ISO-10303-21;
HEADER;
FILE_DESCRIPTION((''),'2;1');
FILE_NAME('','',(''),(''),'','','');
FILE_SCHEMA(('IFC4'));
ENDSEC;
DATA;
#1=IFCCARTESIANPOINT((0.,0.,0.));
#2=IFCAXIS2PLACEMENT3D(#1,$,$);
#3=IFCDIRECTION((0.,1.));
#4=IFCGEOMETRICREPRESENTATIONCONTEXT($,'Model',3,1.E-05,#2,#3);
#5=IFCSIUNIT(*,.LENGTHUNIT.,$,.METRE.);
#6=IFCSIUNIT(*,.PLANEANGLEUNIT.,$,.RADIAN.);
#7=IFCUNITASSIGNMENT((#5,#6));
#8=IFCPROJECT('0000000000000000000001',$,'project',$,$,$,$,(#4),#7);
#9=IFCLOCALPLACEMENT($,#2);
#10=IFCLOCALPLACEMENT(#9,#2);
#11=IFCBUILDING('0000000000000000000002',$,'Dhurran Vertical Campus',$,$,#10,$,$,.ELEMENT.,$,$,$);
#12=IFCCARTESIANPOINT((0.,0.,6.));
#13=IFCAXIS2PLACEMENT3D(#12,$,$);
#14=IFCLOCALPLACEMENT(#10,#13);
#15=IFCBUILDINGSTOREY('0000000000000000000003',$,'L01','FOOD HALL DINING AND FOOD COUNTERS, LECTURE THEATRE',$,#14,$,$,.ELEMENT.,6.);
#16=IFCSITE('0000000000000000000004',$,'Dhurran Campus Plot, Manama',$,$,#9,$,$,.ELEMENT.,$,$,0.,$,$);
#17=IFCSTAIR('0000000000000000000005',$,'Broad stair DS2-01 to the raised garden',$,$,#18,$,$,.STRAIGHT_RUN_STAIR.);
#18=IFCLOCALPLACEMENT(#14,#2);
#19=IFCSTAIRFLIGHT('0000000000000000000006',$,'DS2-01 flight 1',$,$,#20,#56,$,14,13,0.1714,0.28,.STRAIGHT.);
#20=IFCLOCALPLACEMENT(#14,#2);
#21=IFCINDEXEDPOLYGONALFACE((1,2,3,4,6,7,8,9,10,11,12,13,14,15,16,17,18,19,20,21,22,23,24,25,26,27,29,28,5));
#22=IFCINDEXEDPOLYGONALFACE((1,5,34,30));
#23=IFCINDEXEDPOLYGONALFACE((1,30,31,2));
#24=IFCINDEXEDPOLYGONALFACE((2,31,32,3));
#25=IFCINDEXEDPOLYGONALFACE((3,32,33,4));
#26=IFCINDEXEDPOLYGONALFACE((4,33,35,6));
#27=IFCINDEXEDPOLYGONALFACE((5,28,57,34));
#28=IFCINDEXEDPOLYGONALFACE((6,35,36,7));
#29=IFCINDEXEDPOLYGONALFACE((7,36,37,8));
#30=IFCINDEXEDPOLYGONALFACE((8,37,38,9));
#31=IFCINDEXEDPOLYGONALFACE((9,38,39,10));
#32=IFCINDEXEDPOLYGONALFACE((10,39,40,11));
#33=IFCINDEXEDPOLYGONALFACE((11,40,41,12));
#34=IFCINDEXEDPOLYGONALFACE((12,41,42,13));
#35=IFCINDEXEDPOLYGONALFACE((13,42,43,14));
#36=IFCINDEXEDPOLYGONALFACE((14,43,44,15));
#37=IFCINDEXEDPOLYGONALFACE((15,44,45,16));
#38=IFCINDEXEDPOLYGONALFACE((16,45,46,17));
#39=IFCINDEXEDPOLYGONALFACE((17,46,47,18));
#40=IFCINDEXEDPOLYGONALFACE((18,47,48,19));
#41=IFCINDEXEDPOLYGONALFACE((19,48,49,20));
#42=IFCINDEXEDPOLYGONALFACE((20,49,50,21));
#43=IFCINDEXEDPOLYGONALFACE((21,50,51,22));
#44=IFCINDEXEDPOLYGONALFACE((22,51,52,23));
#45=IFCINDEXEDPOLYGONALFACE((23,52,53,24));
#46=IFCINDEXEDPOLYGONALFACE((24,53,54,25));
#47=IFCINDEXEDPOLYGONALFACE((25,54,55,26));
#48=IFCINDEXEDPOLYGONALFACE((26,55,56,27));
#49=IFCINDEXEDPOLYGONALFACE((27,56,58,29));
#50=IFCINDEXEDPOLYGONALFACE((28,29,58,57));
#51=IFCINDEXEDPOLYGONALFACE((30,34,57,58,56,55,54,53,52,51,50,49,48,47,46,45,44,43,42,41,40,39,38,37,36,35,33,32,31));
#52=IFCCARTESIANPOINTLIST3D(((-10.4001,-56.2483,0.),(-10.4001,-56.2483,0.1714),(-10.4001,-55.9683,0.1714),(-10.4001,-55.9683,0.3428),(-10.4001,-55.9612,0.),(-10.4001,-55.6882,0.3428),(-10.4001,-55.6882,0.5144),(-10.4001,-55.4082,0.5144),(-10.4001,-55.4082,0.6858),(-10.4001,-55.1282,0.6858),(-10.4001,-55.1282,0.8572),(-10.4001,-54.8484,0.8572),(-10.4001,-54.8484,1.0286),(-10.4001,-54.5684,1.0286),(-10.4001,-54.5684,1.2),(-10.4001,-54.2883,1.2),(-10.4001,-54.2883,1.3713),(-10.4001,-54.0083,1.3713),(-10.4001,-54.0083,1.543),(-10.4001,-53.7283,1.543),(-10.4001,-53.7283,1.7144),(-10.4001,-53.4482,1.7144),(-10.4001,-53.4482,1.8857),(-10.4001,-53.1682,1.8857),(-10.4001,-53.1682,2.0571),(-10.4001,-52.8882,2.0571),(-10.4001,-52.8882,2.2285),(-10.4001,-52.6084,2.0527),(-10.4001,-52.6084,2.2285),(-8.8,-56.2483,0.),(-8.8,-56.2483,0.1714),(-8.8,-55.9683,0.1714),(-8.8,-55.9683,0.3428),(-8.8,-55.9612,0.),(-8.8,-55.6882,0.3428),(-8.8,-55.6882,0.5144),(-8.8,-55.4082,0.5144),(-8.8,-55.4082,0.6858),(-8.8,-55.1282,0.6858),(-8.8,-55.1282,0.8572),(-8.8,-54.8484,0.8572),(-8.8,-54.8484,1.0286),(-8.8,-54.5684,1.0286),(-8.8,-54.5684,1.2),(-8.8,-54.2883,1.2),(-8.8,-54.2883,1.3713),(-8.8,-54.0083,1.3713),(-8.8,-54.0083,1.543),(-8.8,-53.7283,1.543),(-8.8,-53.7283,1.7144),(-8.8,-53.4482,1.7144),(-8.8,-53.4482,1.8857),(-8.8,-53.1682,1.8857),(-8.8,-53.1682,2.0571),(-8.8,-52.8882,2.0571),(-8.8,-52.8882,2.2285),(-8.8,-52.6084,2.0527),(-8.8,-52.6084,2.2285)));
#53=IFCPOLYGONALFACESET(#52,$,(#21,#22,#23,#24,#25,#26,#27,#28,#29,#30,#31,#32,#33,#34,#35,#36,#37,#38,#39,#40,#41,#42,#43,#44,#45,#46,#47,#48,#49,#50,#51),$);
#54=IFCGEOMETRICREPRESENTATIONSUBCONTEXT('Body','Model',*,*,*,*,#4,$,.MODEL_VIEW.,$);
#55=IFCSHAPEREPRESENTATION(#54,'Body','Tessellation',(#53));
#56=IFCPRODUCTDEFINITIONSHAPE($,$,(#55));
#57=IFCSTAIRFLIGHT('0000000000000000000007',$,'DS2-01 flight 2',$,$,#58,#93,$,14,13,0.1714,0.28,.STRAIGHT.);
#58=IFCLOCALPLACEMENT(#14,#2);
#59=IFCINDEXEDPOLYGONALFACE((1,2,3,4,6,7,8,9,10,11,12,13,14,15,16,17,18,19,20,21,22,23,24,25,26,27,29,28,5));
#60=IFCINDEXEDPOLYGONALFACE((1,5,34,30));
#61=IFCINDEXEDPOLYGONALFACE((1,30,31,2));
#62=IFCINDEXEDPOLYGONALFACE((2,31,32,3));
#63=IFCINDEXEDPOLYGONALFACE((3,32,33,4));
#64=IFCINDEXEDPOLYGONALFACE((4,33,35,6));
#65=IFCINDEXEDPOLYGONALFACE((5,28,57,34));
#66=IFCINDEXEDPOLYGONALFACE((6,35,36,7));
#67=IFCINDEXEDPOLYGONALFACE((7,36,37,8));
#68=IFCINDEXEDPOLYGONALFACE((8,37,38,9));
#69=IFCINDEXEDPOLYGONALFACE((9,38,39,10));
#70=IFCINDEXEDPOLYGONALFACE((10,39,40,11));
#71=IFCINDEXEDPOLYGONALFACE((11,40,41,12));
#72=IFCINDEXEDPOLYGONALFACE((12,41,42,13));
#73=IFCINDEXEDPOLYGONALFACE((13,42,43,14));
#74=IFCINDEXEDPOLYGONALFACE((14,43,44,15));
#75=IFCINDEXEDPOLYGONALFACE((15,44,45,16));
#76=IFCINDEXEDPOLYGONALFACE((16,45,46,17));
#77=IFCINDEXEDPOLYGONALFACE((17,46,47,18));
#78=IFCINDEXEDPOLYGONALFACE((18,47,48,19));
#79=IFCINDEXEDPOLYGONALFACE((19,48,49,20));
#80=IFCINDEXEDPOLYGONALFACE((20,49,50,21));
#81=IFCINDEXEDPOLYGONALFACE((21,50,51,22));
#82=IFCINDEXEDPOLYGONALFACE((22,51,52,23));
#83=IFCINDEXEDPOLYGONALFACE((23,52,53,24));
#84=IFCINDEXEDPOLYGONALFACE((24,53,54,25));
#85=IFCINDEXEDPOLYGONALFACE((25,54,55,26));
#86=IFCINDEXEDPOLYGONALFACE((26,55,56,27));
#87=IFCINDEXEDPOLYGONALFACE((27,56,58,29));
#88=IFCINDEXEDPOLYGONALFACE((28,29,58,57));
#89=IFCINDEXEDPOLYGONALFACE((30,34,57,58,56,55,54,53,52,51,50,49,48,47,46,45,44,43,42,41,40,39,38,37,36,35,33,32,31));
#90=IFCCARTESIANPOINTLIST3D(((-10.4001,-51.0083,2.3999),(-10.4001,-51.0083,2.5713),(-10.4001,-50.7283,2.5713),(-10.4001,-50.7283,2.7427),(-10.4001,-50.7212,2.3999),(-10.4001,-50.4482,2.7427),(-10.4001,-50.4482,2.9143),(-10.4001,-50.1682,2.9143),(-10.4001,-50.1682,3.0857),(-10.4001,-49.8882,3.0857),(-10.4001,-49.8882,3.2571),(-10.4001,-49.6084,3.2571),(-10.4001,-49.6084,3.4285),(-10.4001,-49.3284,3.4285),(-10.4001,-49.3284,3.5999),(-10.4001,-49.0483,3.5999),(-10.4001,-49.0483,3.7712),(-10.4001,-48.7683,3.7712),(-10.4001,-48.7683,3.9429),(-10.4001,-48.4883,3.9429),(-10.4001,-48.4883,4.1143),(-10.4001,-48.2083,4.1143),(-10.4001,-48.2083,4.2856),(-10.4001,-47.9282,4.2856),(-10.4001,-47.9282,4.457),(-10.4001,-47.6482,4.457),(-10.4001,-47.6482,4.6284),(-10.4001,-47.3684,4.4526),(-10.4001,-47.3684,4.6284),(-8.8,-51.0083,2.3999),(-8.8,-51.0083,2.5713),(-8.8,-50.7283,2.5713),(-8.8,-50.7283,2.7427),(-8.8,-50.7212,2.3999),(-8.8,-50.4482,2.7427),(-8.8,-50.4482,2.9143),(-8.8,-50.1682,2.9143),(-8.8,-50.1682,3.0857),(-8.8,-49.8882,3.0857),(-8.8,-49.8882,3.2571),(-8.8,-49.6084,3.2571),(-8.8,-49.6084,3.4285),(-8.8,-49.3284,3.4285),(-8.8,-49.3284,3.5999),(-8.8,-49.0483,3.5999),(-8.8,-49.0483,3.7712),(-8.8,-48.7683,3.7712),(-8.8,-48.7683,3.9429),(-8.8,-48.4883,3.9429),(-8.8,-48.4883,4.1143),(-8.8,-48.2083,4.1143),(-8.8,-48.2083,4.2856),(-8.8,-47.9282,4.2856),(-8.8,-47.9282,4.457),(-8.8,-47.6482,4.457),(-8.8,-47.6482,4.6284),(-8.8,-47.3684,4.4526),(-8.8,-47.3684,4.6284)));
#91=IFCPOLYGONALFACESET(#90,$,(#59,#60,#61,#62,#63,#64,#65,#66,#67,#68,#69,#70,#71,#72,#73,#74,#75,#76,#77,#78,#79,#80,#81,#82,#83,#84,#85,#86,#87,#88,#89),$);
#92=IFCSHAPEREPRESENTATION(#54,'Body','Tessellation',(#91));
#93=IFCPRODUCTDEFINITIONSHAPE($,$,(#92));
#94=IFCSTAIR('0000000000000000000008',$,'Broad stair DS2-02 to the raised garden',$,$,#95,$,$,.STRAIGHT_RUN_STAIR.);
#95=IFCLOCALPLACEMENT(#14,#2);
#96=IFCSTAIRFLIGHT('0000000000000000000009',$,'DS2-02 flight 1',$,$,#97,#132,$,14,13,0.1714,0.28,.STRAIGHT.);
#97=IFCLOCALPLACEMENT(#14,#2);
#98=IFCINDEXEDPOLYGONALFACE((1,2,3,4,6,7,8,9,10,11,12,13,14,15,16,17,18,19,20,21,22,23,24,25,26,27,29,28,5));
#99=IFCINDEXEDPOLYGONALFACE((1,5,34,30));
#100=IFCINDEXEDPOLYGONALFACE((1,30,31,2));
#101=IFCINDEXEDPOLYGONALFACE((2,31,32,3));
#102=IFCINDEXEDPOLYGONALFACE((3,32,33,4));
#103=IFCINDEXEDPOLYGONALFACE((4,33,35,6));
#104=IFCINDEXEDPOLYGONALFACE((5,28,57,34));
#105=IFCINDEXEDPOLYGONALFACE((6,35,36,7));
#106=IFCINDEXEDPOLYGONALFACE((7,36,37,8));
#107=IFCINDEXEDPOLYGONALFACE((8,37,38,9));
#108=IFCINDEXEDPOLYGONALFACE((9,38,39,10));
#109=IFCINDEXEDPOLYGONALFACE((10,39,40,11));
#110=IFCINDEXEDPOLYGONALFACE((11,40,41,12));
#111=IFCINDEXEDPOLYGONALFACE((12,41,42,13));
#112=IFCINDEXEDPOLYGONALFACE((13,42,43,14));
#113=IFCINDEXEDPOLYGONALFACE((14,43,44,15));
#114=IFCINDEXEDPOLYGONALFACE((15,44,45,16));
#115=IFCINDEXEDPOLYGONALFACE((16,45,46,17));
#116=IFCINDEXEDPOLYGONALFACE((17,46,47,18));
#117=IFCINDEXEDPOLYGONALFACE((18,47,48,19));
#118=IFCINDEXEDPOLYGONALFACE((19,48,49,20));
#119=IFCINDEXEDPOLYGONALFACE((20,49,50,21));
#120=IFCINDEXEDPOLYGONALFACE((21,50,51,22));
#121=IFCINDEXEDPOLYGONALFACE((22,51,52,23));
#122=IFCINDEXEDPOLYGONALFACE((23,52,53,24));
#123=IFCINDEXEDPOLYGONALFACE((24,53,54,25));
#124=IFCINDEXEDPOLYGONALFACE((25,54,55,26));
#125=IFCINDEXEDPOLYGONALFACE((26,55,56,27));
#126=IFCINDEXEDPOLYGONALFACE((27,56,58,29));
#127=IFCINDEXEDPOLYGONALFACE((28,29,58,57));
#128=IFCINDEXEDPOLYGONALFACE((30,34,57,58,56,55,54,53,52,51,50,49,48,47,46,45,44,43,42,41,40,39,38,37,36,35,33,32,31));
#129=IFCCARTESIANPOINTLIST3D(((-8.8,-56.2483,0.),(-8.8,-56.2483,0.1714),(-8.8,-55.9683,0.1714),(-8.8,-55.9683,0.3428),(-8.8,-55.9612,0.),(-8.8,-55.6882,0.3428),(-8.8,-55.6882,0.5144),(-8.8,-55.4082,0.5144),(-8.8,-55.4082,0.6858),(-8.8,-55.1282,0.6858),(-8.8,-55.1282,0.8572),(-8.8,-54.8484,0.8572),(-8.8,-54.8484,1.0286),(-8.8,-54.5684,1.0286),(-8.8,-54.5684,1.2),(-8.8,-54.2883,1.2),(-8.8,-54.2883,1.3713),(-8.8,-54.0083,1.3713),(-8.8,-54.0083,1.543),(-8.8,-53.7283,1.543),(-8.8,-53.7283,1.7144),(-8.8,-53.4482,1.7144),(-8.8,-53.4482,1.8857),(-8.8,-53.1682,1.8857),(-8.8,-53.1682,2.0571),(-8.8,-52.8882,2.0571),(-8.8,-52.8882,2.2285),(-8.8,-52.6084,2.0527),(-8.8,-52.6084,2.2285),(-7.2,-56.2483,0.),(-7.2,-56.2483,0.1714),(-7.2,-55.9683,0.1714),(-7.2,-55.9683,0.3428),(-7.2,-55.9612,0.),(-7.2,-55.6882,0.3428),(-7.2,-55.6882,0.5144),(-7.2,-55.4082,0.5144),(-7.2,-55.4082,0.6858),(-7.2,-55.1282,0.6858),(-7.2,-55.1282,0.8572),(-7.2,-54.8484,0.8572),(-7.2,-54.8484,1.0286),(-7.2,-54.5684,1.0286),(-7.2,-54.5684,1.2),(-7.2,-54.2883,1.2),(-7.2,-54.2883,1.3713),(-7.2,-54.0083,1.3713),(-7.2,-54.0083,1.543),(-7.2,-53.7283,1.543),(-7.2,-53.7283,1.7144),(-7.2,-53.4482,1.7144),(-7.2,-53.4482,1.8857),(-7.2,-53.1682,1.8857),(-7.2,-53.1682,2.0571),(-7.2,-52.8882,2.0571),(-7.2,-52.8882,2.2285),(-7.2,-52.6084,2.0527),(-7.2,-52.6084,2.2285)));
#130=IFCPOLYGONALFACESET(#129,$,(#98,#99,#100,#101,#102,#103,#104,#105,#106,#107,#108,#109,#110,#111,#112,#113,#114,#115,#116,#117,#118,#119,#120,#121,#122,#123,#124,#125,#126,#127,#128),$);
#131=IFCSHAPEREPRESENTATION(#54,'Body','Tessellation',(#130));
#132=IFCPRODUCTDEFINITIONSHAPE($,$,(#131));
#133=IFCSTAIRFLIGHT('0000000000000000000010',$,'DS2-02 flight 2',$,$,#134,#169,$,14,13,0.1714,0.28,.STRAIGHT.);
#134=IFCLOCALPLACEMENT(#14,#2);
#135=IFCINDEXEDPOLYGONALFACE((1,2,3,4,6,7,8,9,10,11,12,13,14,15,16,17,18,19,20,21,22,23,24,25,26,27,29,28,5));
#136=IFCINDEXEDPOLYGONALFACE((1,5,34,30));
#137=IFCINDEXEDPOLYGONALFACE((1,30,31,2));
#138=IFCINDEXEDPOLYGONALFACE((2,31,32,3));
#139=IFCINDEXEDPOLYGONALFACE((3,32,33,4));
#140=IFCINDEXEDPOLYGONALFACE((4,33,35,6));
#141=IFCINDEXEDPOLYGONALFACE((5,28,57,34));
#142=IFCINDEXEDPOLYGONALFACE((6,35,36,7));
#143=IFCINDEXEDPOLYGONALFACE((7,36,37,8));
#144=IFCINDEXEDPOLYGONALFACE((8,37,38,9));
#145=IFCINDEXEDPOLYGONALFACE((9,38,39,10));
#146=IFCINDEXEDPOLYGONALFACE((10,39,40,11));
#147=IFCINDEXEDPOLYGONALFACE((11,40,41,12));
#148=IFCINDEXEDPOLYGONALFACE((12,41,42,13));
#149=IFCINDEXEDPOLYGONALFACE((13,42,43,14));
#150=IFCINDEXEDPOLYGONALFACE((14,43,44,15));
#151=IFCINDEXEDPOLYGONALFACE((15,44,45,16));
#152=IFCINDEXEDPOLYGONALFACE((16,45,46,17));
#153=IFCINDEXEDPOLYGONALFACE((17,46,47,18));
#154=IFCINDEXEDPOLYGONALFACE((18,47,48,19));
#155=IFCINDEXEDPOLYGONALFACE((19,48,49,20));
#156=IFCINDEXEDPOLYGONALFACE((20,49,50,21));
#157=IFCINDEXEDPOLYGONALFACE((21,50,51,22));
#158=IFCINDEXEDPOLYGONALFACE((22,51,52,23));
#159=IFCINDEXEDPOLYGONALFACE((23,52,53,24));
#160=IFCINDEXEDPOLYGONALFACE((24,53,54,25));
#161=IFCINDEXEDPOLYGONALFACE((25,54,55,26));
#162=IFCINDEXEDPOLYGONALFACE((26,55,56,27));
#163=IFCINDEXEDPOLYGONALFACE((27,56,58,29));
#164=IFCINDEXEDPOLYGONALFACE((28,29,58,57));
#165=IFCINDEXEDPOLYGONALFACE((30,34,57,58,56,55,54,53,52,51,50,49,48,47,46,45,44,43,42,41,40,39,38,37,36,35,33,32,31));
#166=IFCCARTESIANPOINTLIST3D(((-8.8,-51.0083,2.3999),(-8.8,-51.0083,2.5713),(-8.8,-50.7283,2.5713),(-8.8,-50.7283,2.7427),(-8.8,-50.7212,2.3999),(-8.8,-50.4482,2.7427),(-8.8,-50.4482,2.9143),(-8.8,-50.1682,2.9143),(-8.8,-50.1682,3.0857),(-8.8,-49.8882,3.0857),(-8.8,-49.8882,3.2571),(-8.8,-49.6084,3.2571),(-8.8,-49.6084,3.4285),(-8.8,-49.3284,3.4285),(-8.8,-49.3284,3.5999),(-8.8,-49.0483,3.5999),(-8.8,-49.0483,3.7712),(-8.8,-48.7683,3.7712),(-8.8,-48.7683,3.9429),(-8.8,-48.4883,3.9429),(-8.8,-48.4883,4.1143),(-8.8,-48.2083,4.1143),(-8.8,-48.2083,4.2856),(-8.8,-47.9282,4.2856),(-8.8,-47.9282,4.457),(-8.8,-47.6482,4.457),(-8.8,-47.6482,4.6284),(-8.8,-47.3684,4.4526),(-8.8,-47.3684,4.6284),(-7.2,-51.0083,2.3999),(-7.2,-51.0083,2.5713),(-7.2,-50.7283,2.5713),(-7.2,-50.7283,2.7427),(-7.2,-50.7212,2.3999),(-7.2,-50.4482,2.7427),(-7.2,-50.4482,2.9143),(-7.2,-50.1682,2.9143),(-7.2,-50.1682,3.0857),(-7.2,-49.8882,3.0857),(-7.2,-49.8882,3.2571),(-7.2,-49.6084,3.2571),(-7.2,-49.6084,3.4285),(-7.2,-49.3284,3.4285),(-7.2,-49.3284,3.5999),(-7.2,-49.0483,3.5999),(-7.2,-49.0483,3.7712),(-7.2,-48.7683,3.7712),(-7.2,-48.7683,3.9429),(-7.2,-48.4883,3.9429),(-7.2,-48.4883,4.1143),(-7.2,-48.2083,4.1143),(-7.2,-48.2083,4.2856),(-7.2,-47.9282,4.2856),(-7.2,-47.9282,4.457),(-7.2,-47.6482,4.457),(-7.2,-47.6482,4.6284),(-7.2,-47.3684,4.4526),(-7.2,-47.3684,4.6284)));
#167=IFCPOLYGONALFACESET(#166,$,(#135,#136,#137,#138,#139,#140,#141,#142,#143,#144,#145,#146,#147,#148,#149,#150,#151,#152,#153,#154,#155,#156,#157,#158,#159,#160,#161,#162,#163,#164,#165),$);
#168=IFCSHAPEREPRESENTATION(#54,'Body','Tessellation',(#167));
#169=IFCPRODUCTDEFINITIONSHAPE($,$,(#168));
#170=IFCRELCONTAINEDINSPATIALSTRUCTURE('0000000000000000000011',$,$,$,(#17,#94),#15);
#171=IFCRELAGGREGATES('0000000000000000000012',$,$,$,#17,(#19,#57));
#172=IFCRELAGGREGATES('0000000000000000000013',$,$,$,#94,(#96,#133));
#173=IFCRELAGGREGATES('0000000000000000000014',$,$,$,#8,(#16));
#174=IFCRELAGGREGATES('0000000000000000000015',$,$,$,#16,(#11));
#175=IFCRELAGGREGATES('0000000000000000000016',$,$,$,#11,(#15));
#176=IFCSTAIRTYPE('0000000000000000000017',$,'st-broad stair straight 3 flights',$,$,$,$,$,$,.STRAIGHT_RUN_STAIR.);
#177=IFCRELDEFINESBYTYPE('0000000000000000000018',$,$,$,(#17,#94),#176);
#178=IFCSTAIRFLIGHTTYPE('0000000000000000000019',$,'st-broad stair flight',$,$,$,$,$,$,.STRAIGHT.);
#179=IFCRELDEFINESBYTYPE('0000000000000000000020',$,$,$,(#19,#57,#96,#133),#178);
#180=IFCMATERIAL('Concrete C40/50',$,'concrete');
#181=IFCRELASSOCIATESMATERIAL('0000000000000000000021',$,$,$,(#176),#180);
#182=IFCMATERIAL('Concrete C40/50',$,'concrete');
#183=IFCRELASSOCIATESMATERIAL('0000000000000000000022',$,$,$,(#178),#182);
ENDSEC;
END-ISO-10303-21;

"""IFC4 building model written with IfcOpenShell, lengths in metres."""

from ifc_helpers import new_model, si_unit, direction, frame, origin, place, context, subcontext, project, spatial, polyline, outline, extrude, material, type_object, element, aggregate, save


model = new_model("IFC4")

# Units and contexts
model_context = context("Model", 3, precision=1e-05, world=origin(), true_north=direction((0.0, 1.0)))
body_context = subcontext(model_context, "Body", "Model", "MODEL_VIEW")
ifc_project = project(units=[si_unit("LENGTHUNIT", "METRE"), si_unit("PLANEANGLEUNIT", "RADIAN")], contexts=[model_context])

# Site, building, storey
site_placement = place(None, origin())
site = spatial("IfcSite", under=ifc_project, at=site_placement, Name="Dhurran Campus Plot, Manama", CompositionType="ELEMENT", RefElevation=0.0)
building_placement = place(site_placement, origin())
building = spatial("IfcBuilding", under=site, at=building_placement, Name="Dhurran Vertical Campus", CompositionType="ELEMENT")
storey_placement = place(building_placement, frame((0.0, 0.0, 6.0)))
storey = spatial("IfcBuildingStorey", under=building, at=storey_placement, Name="L01", Description="FOOD HALL DINING AND FOOD COUNTERS, LECTURE THEATRE", CompositionType="ELEMENT", Elevation=6.0)

# Stairs, stair flights
ifc_material_1 = material(Name="Concrete C40/50", Category="concrete")
stair_type = type_object("IfcStairType", Name="st-broad stair straight 3 flights", PredefinedType="STRAIGHT_RUN_STAIR", material=ifc_material_1)
stair_1_placement = place(storey_placement, origin())
stair_1 = element("IfcStair", 1, at=stair_1_placement, inside=storey, type_object=stair_type, Name="Broad stair DS2-01 to the raised garden", PredefinedType="STRAIGHT_RUN_STAIR")
ifc_material_2 = material(Name="Concrete C40/50", Category="concrete")
stair_flight_type = type_object("IfcStairFlightType", Name="st-broad stair flight", PredefinedType="STRAIGHT", material=ifc_material_2)
stair_flight_1_placement = place(storey_placement, frame((-9.6001, -56.2483, 0.0), z_axis=(0.0, 0.0, 1.0), x_axis=(0.0, 1.0, 0.0)))
stair_flight_1 = element("IfcStairFlight", 2, at=stair_flight_1_placement, type_object=stair_flight_type, Name="DS2-01 flight 1", NumberOfRisers=14, NumberOfTreads=13, PredefinedType="STRAIGHT", RiserHeight=0.1714, TreadLength=0.28, context=body_context, shape_type="SweptSolid", body=[
    extrude(outline(polyline([(0.0, 0.0), (0.0, 0.1714), (0.28, 0.1714), (0.28, 0.3428), (0.5601, 0.3428), (0.5601, 0.5144), (0.8401, 0.5144), (0.8401, 0.6858), (1.1201, 0.6858), (1.1201, 0.8572), (1.3999, 0.8572), (1.3999, 1.0286), (1.6799, 1.0286), (1.6799, 1.2), (1.96, 1.2), (1.96, 1.3713), (2.24, 1.3713), (2.24, 1.543), (2.52, 1.543), (2.52, 1.7144), (2.8, 1.7144), (2.8, 1.8857), (3.0801, 1.8857), (3.0801, 2.0571), (3.3601, 2.0571), (3.3601, 2.2285), (3.6399, 2.2285), (3.6399, 2.3999), (3.6399, 2.0527), (0.2871, 0.0), (0.0, 0.0)])), frame((0.0, 0.8, 0.0), z_axis=(0.0, -1.0, 0.0), x_axis=(1.0, 0.0, 0.0)), (0.0, 0.0, 1.0), 1.6001),
])
stair_flight_2_placement = place(storey_placement, frame((-9.6001, -51.0083, 2.3999), z_axis=(0.0, 0.0, 1.0), x_axis=(0.0, 1.0, 0.0)))
stair_flight_2 = element("IfcStairFlight", 3, at=stair_flight_2_placement, type_object=stair_flight_type, Name="DS2-01 flight 2", NumberOfRisers=14, NumberOfTreads=13, PredefinedType="STRAIGHT", RiserHeight=0.1714, TreadLength=0.28, context=body_context, shape_type="SweptSolid", body=[
    extrude(outline(polyline([(0.0, 0.0), (0.0, 0.1714), (0.28, 0.1714), (0.28, 0.3428), (0.5601, 0.3428), (0.5601, 0.5144), (0.8401, 0.5144), (0.8401, 0.6858), (1.1201, 0.6858), (1.1201, 0.8572), (1.3999, 0.8572), (1.3999, 1.0286), (1.6799, 1.0286), (1.6799, 1.2), (1.96, 1.2), (1.96, 1.3713), (2.24, 1.3713), (2.24, 1.543), (2.52, 1.543), (2.52, 1.7144), (2.8, 1.7144), (2.8, 1.8857), (3.0801, 1.8857), (3.0801, 2.0571), (3.3601, 2.0571), (3.3601, 2.2285), (3.6399, 2.2285), (3.6399, 2.3999), (3.6399, 2.0527), (0.2871, 0.0), (0.0, 0.0)])), frame((0.0, 0.8, 0.0), z_axis=(0.0, -1.0, 0.0), x_axis=(1.0, 0.0, 0.0)), (0.0, 0.0, 1.0), 1.6001),
])
aggregate(stair_1, [stair_flight_1, stair_flight_2])
stair_2_placement = place(storey_placement, origin())
stair_2 = element("IfcStair", 4, at=stair_2_placement, inside=storey, type_object=stair_type, Name="Broad stair DS2-02 to the raised garden", PredefinedType="STRAIGHT_RUN_STAIR")
stair_flight_3_placement = place(storey_placement, frame((-8.0, -56.2483, 0.0), z_axis=(0.0, 0.0, 1.0), x_axis=(0.0, 1.0, 0.0)))
stair_flight_3 = element("IfcStairFlight", 5, at=stair_flight_3_placement, type_object=stair_flight_type, Name="DS2-02 flight 1", NumberOfRisers=14, NumberOfTreads=13, PredefinedType="STRAIGHT", RiserHeight=0.1714, TreadLength=0.28, context=body_context, shape_type="SweptSolid", body=[
    extrude(outline(polyline([(0.0, 0.0), (0.0, 0.1714), (0.28, 0.1714), (0.28, 0.3428), (0.5601, 0.3428), (0.5601, 0.5144), (0.8401, 0.5144), (0.8401, 0.6858), (1.1201, 0.6858), (1.1201, 0.8572), (1.3999, 0.8572), (1.3999, 1.0286), (1.6799, 1.0286), (1.6799, 1.2), (1.96, 1.2), (1.96, 1.3713), (2.24, 1.3713), (2.24, 1.543), (2.52, 1.543), (2.52, 1.7144), (2.8, 1.7144), (2.8, 1.8857), (3.0801, 1.8857), (3.0801, 2.0571), (3.3601, 2.0571), (3.3601, 2.2285), (3.6399, 2.2285), (3.6399, 2.3999), (3.6399, 2.0527), (0.2871, 0.0), (0.0, 0.0)])), frame((0.0, 0.8, 0.0), z_axis=(0.0, -1.0, 0.0), x_axis=(1.0, 0.0, 0.0)), (0.0, 0.0, 1.0), 1.6001),
])
stair_flight_4_placement = place(storey_placement, frame((-8.0, -51.0083, 2.3999), z_axis=(0.0, 0.0, 1.0), x_axis=(0.0, 1.0, 0.0)))
stair_flight_4 = element("IfcStairFlight", 6, at=stair_flight_4_placement, type_object=stair_flight_type, Name="DS2-02 flight 2", NumberOfRisers=14, NumberOfTreads=13, PredefinedType="STRAIGHT", RiserHeight=0.1714, TreadLength=0.28, context=body_context, shape_type="SweptSolid", body=[
    extrude(outline(polyline([(0.0, 0.0), (0.0, 0.1714), (0.28, 0.1714), (0.28, 0.3428), (0.5601, 0.3428), (0.5601, 0.5144), (0.8401, 0.5144), (0.8401, 0.6858), (1.1201, 0.6858), (1.1201, 0.8572), (1.3999, 0.8572), (1.3999, 1.0286), (1.6799, 1.0286), (1.6799, 1.2), (1.96, 1.2), (1.96, 1.3713), (2.24, 1.3713), (2.24, 1.543), (2.52, 1.543), (2.52, 1.7144), (2.8, 1.7144), (2.8, 1.8857), (3.0801, 1.8857), (3.0801, 2.0571), (3.3601, 2.0571), (3.3601, 2.2285), (3.6399, 2.2285), (3.6399, 2.3999), (3.6399, 2.0527), (0.2871, 0.0), (0.0, 0.0)])), frame((0.0, 0.8, 0.0), z_axis=(0.0, -1.0, 0.0), x_axis=(1.0, 0.0, 0.0)), (0.0, 0.0, 1.0), 1.6001),
])
aggregate(stair_2, [stair_flight_3, stair_flight_4])

save(model, "model.ifc")
